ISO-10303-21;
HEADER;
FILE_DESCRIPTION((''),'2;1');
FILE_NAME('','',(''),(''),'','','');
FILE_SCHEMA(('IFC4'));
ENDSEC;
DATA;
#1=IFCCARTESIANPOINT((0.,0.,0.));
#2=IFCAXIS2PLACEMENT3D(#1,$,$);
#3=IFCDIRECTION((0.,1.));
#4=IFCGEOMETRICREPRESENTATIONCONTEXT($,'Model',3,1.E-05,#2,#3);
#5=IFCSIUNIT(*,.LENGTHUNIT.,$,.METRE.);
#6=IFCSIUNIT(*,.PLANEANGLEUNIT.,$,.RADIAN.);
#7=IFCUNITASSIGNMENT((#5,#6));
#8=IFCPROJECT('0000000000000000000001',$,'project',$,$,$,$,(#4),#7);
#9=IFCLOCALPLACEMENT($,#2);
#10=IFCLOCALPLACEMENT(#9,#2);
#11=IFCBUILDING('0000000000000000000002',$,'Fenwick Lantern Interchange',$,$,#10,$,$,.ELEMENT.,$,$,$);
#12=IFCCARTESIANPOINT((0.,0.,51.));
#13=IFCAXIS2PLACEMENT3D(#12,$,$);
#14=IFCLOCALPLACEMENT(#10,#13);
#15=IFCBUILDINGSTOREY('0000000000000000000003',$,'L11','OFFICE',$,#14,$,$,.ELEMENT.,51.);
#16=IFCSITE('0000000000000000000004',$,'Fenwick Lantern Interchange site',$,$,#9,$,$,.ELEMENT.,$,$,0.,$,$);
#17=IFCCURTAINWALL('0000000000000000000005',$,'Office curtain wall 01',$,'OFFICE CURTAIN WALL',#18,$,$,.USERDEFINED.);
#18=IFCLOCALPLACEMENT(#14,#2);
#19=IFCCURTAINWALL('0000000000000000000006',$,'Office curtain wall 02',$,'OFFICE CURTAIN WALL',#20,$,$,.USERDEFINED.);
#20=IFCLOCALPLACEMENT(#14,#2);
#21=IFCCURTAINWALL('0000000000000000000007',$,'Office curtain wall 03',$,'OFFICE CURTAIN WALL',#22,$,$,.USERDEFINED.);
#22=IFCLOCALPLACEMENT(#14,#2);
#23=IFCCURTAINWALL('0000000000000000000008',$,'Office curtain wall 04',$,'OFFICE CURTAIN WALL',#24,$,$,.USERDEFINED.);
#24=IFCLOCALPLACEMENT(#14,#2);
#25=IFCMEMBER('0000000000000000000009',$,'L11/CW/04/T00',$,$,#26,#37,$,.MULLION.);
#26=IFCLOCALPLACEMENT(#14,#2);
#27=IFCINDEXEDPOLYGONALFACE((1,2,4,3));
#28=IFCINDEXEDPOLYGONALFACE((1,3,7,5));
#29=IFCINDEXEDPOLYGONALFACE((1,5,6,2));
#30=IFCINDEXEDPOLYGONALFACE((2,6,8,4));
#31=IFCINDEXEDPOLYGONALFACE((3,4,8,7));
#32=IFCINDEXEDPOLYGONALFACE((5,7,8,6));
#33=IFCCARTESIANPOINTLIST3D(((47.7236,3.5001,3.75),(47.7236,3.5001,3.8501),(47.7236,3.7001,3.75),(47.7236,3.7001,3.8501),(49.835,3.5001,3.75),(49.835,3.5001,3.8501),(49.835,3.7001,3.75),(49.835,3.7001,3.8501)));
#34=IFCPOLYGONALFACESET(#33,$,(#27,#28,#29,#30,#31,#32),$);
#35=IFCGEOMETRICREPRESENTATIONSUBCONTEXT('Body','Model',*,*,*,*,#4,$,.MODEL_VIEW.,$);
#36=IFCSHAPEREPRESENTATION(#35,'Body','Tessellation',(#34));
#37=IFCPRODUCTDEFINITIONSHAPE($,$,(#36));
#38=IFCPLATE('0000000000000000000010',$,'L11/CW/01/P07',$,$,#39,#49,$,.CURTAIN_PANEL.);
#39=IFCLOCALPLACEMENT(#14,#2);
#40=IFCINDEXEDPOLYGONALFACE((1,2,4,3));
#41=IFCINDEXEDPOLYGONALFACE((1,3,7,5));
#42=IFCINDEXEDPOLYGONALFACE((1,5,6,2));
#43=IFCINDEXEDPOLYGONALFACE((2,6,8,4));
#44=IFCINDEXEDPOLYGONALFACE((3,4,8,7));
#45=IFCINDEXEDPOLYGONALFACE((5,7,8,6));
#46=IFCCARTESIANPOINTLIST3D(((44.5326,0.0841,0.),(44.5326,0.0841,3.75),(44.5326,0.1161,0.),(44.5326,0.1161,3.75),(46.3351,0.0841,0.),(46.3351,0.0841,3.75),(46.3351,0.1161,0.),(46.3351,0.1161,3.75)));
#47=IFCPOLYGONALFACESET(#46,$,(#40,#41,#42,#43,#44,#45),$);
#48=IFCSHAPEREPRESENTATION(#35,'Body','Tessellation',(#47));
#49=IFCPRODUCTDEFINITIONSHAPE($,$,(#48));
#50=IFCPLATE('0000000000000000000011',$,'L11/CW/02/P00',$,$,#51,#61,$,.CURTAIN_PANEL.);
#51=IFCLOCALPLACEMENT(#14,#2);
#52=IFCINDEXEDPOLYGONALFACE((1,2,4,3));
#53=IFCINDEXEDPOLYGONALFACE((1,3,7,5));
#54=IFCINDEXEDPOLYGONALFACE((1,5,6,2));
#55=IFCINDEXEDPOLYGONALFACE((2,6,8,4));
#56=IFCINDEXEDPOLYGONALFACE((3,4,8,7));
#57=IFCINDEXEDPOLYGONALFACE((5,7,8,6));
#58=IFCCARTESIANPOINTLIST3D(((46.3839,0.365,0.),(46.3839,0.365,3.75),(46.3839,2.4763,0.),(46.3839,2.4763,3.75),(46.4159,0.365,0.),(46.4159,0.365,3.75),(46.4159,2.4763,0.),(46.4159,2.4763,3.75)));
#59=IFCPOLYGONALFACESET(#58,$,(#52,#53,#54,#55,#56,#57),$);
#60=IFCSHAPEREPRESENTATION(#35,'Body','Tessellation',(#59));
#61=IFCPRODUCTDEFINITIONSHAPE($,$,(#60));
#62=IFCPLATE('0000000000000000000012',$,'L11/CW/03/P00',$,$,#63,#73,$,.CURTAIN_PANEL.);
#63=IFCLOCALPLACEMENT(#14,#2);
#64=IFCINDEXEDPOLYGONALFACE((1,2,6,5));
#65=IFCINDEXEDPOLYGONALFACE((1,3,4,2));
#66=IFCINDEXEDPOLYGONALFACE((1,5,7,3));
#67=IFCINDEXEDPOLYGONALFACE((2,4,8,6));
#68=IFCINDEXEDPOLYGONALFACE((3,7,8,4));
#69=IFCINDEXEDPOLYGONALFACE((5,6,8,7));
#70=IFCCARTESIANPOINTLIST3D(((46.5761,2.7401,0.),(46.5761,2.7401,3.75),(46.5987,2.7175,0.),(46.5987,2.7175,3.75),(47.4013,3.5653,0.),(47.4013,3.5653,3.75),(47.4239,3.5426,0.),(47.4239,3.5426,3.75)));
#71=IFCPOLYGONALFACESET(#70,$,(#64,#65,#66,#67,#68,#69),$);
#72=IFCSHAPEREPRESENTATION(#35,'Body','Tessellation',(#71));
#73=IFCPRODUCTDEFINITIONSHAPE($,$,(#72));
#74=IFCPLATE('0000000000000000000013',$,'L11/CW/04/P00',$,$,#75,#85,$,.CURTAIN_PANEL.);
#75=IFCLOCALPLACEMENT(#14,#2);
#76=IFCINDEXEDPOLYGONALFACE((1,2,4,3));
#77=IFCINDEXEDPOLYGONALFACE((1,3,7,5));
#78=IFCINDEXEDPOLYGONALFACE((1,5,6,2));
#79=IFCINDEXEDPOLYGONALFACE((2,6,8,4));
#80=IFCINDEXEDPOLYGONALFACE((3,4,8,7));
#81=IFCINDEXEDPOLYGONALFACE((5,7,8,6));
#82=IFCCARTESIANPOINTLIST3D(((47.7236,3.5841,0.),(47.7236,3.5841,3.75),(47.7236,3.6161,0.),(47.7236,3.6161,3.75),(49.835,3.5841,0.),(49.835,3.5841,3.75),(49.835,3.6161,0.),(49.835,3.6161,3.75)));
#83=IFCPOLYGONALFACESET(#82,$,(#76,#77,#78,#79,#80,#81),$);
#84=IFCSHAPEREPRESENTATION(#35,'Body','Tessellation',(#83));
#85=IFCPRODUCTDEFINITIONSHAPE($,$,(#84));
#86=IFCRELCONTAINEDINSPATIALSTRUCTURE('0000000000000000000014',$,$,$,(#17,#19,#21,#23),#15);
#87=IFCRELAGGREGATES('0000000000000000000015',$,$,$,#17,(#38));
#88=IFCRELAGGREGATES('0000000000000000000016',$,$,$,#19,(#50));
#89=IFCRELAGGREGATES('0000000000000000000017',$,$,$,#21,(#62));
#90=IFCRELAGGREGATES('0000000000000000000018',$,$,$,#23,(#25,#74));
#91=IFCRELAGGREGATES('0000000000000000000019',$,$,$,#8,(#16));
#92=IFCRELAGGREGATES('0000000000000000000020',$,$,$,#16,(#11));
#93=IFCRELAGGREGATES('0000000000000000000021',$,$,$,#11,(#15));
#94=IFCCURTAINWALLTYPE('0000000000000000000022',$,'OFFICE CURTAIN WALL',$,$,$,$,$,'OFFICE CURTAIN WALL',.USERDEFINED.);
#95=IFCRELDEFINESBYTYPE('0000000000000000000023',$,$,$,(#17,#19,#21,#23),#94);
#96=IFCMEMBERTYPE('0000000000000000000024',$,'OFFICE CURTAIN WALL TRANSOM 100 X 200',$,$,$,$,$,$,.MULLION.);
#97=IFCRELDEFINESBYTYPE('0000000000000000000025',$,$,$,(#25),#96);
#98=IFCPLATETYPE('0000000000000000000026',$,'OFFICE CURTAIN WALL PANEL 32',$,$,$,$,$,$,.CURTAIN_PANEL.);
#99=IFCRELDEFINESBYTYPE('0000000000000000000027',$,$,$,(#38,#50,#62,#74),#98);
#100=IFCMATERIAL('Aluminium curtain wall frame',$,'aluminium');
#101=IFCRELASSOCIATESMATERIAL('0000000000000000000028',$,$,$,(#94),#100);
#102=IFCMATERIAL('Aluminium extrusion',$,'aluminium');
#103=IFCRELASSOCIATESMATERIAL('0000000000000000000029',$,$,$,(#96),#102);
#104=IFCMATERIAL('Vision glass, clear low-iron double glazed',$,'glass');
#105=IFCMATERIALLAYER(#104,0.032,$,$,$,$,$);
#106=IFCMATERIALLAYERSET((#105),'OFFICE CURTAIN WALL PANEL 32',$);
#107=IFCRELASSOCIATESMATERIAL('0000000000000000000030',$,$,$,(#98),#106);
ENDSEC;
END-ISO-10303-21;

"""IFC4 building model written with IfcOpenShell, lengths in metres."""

from ifc_helpers import new_model, si_unit, direction, frame, origin, origin_2d, place, context, subcontext, project, spatial, rectangle, extrude, material, layer, layer_set, material_profile, profile_set, type_object, element, aggregate, save


model = new_model("IFC4")

# Units and contexts
model_context = context("Model", 3, precision=1e-05, world=origin(), true_north=direction((0.0, 1.0)))
body_context = subcontext(model_context, "Body", "Model", "MODEL_VIEW")
ifc_project = project(units=[si_unit("LENGTHUNIT", "METRE"), si_unit("PLANEANGLEUNIT", "RADIAN")], contexts=[model_context])

# Site, building, storey
site_placement = place(None, origin())
site = spatial("IfcSite", under=ifc_project, at=site_placement, Name="Fenwick Lantern Interchange site", CompositionType="ELEMENT", RefElevation=0.0)
building_placement = place(site_placement, origin())
building = spatial("IfcBuilding", under=site, at=building_placement, Name="Fenwick Lantern Interchange", CompositionType="ELEMENT")
storey_placement = place(building_placement, frame((0.0, 0.0, 51.0)))
storey = spatial("IfcBuildingStorey", under=building, at=storey_placement, Name="L11", Description="OFFICE", CompositionType="ELEMENT", Elevation=51.0)

# Curtain walls
ifc_material_1 = material(Name="Aluminium curtain wall frame", Category="aluminium")
curtain_wall_type = type_object("IfcCurtainWallType", Name="OFFICE CURTAIN WALL", ElementType="OFFICE CURTAIN WALL", PredefinedType="USERDEFINED", material=ifc_material_1)
curtain_wall_1_placement = place(storey_placement, origin())
curtain_wall_1 = element("IfcCurtainWall", 1, at=curtain_wall_1_placement, inside=storey, type_object=curtain_wall_type, Name="Office curtain wall 01", ObjectType="OFFICE CURTAIN WALL", PredefinedType="USERDEFINED")
ifc_material_2 = material(Name="Aluminium extrusion", Category="aluminium")
curtain_wall_2_placement = place(storey_placement, origin())
curtain_wall_2 = element("IfcCurtainWall", 2, at=curtain_wall_2_placement, inside=storey, type_object=curtain_wall_type, Name="Office curtain wall 02", ObjectType="OFFICE CURTAIN WALL", PredefinedType="USERDEFINED")
curtain_wall_3_placement = place(storey_placement, origin())
curtain_wall_3 = element("IfcCurtainWall", 3, at=curtain_wall_3_placement, inside=storey, type_object=curtain_wall_type, Name="Office curtain wall 03", ObjectType="OFFICE CURTAIN WALL", PredefinedType="USERDEFINED")
curtain_wall_4_placement = place(storey_placement, origin())
curtain_wall_4 = element("IfcCurtainWall", 4, at=curtain_wall_4_placement, inside=storey, type_object=curtain_wall_type, Name="Office curtain wall 04", ObjectType="OFFICE CURTAIN WALL", PredefinedType="USERDEFINED")

# Member
ifc_material_profile_1 = material_profile(ifc_material_2, rectangle(XDim=0.2, YDim=0.1001, at=origin_2d()), Name="OFFICE CURTAIN WALL TRANSOM 100 X 200")
ifc_profile_set_1 = profile_set([ifc_material_profile_1], Name="Aluminium extrusion")
member_type_1 = type_object("IfcMemberType", Name="OFFICE CURTAIN WALL TRANSOM 100 X 200", PredefinedType="MULLION", material=ifc_profile_set_1)
member_1_placement = place(storey_placement, frame((47.7236, 3.6001, 3.8), z_axis=(1.0, 0.0, 0.0), x_axis=(0.0, 1.0, 0.0)))
member_1 = element("IfcMember", 5, at=member_1_placement, type_object=member_type_1, Name="L11/CW/04/T00", PredefinedType="MULLION", context=body_context, shape_type="SweptSolid", body=[
    extrude(rectangle(XDim=0.2, YDim=0.1001, at=origin_2d()), origin(), (0.0, 0.0, 1.0), 2.1113),
])

# Plates
ifc_material_3 = material(Name="Vision glass, clear low-iron double glazed", Category="glass")
ifc_layer_1 = layer(ifc_material_3, 0.032)
ifc_layer_set_1 = layer_set([ifc_layer_1], Name="OFFICE CURTAIN WALL PANEL 32")
plate_type = type_object("IfcPlateType", Name="OFFICE CURTAIN WALL PANEL 32", PredefinedType="CURTAIN_PANEL", material=ifc_layer_set_1)
plate_1_placement = place(storey_placement, frame((45.4338, 0.1001, 0.0), z_axis=(0.0, 0.0, 1.0), x_axis=(1.0, 0.0, 0.0)))
plate_1 = element("IfcPlate", 6, at=plate_1_placement, type_object=plate_type, Name="L11/CW/01/P07", PredefinedType="CURTAIN_PANEL", context=body_context, shape_type="SweptSolid", body=[
    extrude(rectangle(XDim=1.8025, YDim=0.032, at=origin_2d()), origin(), (0.0, 0.0, 1.0), 3.75),
])
aggregate(curtain_wall_1, [plate_1])
plate_2_placement = place(storey_placement, frame((46.3999, 1.4207, 0.0), z_axis=(0.0, 0.0, 1.0), x_axis=(0.0, 1.0, 0.0)))
plate_2 = element("IfcPlate", 7, at=plate_2_placement, type_object=plate_type, Name="L11/CW/02/P00", PredefinedType="CURTAIN_PANEL", context=body_context, shape_type="SweptSolid", body=[
    extrude(rectangle(XDim=2.1113, YDim=0.032, at=origin_2d()), origin(), (0.0, 0.0, 1.0), 3.75),
])
aggregate(curtain_wall_2, [plate_2])
plate_3_placement = place(storey_placement, frame((47.0, 3.1414, 0.0), z_axis=(0.0, 0.0, 1.0), x_axis=(0.707107, 0.707107, 0.0)))
plate_3 = element("IfcPlate", 8, at=plate_3_placement, type_object=plate_type, Name="L11/CW/03/P00", PredefinedType="CURTAIN_PANEL", context=body_context, shape_type="SweptSolid", body=[
    extrude(rectangle(XDim=1.167, YDim=0.032, at=origin_2d()), origin(), (0.0, 0.0, 1.0), 3.75),
])
aggregate(curtain_wall_3, [plate_3])
plate_4_placement = place(storey_placement, frame((48.7793, 3.6001, 0.0), z_axis=(0.0, 0.0, 1.0), x_axis=(1.0, 0.0, 0.0)))
plate_4 = element("IfcPlate", 9, at=plate_4_placement, type_object=plate_type, Name="L11/CW/04/P00", PredefinedType="CURTAIN_PANEL", context=body_context, shape_type="SweptSolid", body=[
    extrude(rectangle(XDim=2.1113, YDim=0.032, at=origin_2d()), origin(), (0.0, 0.0, 1.0), 3.75),
])
aggregate(curtain_wall_4, [member_1, plate_4])

save(model, "model.ifc")
